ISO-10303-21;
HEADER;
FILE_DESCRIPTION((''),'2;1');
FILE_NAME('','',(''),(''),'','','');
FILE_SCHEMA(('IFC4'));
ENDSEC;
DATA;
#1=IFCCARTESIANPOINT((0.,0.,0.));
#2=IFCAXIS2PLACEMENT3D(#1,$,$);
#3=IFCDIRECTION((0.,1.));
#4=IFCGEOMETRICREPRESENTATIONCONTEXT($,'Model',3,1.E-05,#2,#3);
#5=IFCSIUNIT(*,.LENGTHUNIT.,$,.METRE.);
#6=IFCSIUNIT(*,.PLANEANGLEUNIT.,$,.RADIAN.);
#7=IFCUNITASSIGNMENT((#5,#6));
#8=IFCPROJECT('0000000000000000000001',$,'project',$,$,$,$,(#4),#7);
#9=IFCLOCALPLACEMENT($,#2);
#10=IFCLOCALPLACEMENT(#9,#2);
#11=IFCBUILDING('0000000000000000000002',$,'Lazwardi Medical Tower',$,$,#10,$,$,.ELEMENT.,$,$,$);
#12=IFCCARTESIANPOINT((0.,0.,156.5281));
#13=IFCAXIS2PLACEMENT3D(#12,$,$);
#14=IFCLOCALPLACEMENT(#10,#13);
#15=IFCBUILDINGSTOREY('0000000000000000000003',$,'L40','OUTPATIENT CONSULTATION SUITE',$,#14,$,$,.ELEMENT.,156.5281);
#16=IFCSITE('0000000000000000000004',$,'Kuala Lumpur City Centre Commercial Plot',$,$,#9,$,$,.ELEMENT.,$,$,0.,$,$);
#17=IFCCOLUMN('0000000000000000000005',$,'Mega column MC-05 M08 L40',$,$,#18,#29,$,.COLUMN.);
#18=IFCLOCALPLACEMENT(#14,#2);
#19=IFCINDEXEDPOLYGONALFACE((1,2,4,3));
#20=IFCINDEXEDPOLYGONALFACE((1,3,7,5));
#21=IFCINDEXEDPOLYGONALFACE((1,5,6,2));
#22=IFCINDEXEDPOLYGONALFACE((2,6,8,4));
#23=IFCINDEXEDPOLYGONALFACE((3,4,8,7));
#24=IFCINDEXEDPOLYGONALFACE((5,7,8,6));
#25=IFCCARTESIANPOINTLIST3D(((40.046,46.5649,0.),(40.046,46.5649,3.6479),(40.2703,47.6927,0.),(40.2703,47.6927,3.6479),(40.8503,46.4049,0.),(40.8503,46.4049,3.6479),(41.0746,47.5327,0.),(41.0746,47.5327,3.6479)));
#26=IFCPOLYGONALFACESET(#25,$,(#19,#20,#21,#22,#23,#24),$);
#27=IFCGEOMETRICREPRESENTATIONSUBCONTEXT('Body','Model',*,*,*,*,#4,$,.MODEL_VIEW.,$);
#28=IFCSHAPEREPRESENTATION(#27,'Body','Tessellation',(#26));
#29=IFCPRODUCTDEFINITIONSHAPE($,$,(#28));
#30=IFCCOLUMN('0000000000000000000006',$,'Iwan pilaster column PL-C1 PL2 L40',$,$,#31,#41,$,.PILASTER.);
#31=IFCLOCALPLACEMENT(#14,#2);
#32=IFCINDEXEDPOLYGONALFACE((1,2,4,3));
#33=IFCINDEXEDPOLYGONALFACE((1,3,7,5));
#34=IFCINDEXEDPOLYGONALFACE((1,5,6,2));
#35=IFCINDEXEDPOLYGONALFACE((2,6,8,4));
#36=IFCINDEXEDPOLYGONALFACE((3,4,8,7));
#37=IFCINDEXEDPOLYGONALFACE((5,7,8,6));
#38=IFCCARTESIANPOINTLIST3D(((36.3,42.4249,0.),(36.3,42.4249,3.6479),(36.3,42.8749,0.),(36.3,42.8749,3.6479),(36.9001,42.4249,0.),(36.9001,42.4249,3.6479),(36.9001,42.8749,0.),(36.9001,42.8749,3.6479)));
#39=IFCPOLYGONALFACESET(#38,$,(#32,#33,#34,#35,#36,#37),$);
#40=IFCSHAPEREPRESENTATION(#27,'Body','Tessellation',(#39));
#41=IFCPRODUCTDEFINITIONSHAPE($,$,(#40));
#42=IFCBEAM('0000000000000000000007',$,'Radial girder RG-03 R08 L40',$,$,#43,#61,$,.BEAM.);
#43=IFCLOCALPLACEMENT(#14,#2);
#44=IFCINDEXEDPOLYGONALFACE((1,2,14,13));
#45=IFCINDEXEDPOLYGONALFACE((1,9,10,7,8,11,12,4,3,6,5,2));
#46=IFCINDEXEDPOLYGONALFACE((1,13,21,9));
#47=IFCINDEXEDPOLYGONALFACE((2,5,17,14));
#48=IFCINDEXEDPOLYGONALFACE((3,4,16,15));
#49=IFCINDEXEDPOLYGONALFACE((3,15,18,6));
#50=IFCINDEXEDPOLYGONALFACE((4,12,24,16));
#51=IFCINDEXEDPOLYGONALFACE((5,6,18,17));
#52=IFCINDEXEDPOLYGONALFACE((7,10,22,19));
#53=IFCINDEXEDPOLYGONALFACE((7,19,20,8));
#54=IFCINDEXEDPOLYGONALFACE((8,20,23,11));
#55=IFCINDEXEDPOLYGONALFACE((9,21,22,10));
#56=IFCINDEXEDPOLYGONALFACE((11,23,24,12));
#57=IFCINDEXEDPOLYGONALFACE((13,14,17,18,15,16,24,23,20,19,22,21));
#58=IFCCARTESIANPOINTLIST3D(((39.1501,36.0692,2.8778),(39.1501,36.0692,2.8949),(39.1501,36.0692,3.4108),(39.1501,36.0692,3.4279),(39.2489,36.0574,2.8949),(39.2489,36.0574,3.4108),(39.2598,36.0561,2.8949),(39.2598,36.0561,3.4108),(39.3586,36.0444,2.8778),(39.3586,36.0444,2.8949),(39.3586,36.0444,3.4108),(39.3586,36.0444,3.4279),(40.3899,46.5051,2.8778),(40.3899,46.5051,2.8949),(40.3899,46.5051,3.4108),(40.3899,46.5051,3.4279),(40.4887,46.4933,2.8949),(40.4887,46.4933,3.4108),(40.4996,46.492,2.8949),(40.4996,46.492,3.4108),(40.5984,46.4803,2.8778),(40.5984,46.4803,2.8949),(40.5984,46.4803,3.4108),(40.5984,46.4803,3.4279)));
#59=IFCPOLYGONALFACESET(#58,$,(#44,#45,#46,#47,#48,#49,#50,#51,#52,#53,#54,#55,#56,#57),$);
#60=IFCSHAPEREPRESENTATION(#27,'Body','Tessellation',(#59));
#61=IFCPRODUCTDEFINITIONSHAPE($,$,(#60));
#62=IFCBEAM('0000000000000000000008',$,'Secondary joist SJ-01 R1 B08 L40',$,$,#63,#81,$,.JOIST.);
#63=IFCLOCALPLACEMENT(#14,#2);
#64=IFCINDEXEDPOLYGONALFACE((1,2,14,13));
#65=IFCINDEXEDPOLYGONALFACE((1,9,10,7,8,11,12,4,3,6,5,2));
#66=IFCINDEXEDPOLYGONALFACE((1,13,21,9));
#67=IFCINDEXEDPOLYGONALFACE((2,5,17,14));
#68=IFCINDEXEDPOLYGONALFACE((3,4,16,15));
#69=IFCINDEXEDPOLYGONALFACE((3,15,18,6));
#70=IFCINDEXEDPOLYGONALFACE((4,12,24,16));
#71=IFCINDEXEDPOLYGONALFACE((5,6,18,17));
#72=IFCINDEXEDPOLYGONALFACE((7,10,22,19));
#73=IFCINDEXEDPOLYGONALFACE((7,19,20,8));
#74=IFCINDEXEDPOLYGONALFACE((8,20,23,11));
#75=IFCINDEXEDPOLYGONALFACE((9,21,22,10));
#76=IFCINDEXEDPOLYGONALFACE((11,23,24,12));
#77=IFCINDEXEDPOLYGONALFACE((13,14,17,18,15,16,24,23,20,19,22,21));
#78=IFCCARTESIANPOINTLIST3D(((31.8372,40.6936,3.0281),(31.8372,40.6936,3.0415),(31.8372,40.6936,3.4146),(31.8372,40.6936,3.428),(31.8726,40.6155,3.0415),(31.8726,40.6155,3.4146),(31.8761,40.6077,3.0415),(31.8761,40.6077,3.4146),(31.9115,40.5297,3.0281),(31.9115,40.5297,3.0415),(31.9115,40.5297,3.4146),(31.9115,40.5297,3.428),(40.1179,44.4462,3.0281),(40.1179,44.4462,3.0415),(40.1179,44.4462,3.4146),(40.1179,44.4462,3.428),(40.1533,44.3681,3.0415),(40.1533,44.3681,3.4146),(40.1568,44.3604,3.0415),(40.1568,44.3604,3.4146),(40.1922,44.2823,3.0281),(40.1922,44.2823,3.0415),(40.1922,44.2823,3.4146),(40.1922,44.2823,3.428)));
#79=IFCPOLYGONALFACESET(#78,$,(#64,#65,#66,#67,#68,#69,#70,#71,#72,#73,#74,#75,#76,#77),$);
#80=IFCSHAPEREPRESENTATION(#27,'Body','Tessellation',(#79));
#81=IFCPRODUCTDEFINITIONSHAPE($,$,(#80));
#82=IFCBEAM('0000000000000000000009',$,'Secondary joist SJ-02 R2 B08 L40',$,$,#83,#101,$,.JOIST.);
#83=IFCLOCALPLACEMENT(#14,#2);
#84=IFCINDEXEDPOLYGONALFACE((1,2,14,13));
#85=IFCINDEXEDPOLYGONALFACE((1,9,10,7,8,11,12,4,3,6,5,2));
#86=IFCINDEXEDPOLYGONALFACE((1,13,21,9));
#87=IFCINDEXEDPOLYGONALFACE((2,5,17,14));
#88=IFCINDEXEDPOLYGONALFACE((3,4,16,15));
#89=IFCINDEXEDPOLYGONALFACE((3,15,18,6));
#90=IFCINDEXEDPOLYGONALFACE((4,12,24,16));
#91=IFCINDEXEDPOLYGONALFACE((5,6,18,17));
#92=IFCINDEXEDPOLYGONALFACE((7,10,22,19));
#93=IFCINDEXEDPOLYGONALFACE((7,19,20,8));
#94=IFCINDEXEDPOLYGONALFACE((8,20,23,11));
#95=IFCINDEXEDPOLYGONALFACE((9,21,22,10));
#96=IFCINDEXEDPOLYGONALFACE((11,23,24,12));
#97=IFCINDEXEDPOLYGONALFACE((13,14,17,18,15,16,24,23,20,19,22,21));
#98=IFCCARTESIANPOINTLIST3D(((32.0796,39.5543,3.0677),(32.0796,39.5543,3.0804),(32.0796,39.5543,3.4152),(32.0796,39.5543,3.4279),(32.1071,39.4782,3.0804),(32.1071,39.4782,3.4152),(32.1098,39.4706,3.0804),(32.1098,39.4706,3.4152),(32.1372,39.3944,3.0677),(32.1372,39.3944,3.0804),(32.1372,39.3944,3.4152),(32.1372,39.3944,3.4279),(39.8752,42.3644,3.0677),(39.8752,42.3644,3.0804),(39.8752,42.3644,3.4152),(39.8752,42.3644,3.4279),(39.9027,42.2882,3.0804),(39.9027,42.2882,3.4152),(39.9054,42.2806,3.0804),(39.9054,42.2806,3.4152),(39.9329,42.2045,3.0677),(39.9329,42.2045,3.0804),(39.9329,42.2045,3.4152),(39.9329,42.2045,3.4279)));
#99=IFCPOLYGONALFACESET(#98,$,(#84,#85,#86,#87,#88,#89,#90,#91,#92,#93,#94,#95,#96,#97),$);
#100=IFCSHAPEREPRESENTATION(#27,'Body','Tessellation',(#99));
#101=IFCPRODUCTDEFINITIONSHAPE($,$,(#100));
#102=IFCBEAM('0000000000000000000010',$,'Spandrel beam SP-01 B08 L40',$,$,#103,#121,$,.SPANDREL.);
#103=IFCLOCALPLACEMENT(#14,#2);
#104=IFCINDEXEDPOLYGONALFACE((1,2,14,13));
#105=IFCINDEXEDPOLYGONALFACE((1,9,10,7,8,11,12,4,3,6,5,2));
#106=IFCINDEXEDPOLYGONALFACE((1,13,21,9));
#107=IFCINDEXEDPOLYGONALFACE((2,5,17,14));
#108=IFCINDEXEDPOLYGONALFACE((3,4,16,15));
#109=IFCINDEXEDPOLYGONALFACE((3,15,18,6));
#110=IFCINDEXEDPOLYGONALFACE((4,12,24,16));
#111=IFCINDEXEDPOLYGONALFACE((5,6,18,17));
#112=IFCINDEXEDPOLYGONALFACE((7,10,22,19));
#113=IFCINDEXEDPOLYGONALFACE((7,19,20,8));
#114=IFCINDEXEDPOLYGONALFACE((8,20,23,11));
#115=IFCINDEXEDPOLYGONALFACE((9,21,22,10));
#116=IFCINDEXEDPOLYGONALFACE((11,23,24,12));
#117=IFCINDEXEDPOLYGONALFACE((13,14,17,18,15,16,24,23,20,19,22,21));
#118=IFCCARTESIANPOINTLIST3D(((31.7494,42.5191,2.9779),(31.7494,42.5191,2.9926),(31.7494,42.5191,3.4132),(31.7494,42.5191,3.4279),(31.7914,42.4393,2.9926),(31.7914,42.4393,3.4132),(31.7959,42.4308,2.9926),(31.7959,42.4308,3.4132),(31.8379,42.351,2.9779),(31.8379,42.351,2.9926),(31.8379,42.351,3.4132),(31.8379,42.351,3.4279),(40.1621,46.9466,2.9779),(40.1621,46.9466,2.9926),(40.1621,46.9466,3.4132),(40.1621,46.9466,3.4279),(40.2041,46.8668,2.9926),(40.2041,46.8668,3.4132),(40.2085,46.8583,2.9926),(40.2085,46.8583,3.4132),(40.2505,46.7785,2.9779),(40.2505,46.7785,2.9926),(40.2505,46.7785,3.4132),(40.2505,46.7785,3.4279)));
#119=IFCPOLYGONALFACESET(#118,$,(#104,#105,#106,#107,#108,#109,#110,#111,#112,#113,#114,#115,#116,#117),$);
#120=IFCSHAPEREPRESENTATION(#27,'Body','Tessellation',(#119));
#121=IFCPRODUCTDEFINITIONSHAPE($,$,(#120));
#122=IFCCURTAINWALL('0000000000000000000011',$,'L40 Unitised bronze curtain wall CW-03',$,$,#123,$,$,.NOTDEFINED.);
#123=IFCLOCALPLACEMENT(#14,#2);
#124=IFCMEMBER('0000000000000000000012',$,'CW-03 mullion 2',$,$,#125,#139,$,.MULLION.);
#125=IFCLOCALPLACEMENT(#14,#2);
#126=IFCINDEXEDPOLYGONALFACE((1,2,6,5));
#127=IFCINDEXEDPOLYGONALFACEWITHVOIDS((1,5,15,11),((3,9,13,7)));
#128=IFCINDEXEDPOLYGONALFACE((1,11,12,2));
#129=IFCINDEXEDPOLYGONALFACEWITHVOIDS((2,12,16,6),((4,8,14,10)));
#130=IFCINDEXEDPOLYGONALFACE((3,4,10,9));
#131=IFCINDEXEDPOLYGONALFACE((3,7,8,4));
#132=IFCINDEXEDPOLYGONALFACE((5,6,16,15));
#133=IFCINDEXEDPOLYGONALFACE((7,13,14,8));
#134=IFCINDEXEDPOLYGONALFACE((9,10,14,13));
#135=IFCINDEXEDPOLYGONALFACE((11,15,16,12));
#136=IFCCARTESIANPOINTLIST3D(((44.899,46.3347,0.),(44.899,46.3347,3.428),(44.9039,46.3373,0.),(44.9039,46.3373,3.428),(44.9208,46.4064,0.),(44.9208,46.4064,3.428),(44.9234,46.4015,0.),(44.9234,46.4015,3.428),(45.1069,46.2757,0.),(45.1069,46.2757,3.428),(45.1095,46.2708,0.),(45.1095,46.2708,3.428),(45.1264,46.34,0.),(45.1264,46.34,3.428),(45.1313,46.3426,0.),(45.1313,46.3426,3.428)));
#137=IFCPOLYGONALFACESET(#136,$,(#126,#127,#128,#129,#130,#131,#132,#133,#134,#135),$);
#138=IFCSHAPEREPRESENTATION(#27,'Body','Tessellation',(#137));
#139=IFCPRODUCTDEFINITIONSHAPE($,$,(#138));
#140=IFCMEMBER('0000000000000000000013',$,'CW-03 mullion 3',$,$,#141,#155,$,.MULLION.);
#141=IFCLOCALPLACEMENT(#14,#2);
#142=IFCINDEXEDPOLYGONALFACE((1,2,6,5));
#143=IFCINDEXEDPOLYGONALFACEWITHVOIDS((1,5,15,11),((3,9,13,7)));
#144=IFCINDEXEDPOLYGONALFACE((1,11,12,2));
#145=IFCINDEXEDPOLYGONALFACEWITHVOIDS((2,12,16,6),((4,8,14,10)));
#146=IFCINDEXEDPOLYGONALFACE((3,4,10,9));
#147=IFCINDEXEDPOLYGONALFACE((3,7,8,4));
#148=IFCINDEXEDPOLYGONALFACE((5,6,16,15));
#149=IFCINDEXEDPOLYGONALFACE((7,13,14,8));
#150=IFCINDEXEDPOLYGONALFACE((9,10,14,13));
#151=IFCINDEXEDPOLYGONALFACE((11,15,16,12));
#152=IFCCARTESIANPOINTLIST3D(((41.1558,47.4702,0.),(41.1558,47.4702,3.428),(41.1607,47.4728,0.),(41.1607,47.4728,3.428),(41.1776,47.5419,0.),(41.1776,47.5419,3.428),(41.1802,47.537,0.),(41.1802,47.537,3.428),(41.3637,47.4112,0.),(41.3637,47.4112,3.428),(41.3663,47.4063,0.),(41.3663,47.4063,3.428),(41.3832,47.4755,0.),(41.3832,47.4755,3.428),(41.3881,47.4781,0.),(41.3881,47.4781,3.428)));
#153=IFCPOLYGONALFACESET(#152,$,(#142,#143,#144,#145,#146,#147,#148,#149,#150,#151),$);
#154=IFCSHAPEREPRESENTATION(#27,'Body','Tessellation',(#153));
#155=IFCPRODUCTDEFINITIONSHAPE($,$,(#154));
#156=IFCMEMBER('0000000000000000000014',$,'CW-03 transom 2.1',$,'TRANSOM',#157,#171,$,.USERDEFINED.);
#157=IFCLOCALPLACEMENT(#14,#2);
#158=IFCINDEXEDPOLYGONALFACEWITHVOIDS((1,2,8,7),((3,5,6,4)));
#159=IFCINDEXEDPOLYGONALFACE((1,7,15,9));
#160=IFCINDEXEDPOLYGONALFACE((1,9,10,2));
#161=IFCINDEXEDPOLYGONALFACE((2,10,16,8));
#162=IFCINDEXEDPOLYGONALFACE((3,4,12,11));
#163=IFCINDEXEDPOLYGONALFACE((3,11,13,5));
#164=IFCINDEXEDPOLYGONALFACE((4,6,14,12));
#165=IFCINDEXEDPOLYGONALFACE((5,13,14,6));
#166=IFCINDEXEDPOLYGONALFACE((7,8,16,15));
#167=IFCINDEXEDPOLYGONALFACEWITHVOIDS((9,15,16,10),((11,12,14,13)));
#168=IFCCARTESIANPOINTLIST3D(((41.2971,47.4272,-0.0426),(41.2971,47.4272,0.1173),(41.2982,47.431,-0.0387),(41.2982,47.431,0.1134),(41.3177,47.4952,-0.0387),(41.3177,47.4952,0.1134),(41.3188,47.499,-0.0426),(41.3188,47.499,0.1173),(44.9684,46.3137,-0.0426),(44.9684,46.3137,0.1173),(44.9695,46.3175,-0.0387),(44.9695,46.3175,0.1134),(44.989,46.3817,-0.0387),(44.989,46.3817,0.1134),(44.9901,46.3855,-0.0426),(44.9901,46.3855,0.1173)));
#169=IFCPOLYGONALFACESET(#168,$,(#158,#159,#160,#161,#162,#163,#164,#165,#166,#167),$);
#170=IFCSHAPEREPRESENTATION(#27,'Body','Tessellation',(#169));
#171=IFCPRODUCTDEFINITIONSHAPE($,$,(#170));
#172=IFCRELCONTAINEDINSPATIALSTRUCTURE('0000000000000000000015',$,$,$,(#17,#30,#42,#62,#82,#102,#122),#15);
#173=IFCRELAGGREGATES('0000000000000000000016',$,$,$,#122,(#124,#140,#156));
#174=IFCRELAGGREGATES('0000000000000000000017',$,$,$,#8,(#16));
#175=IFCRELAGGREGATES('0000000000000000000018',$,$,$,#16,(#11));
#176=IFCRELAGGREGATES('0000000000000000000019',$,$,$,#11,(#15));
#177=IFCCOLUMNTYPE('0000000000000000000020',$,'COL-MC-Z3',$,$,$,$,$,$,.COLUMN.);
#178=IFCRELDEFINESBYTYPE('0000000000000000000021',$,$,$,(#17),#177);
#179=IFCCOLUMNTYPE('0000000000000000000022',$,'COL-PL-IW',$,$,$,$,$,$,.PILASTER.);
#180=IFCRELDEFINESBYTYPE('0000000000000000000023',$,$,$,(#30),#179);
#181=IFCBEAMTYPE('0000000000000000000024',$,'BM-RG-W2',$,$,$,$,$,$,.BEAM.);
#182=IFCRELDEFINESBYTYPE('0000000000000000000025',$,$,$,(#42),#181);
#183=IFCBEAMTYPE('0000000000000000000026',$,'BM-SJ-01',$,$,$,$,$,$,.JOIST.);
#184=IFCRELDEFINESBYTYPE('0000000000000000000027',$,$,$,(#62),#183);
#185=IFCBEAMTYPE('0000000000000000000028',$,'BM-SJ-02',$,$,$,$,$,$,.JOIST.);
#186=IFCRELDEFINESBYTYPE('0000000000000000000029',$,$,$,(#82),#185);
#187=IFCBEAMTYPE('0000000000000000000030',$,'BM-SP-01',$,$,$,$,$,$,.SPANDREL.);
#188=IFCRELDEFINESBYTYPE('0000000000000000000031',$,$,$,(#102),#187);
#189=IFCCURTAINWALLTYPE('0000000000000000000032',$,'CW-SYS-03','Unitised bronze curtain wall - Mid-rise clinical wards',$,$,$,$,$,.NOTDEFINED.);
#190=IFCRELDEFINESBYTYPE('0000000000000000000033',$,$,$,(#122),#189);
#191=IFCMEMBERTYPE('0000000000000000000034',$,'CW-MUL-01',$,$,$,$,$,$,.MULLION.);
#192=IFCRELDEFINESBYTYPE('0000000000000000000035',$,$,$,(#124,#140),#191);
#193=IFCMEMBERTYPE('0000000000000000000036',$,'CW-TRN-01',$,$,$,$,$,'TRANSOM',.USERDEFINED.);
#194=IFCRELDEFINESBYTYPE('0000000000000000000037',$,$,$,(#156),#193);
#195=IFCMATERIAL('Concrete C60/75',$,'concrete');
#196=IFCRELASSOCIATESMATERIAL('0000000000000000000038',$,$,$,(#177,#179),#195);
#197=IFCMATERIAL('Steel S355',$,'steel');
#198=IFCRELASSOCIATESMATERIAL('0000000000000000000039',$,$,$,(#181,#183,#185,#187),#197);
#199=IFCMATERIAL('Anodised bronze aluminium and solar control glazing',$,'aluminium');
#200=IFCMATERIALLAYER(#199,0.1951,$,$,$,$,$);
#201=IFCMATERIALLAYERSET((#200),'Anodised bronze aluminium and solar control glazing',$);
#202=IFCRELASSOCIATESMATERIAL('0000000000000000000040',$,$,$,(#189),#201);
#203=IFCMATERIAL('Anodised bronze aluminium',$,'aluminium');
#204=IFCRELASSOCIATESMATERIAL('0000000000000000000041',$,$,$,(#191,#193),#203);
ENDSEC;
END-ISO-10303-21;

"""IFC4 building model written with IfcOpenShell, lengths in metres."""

from ifc_helpers import new_model, si_unit, direction, frame, origin, origin_2d, place, context, subcontext, project, spatial, rectangle, hollow_rectangle, i_section, extrude, material, layer, layer_set, material_profile, profile_set, type_object, element, aggregate, save


model = new_model("IFC4")

# Units and contexts
model_context = context("Model", 3, precision=1e-05, world=origin(), true_north=direction((0.0, 1.0)))
body_context = subcontext(model_context, "Body", "Model", "MODEL_VIEW")
ifc_project = project(units=[si_unit("LENGTHUNIT", "METRE"), si_unit("PLANEANGLEUNIT", "RADIAN")], contexts=[model_context])

# Site, building, storey
site_placement = place(None, origin())
site = spatial("IfcSite", under=ifc_project, at=site_placement, Name="Kuala Lumpur City Centre Commercial Plot", CompositionType="ELEMENT", RefElevation=0.0)
building_placement = place(site_placement, origin())
building = spatial("IfcBuilding", under=site, at=building_placement, Name="Lazwardi Medical Tower", CompositionType="ELEMENT")
storey_placement = place(building_placement, frame((0.0, 0.0, 156.5281)))
storey = spatial("IfcBuildingStorey", under=building, at=storey_placement, Name="L40", Description="OUTPATIENT CONSULTATION SUITE", CompositionType="ELEMENT", Elevation=156.5281)

# Columns
ifc_material_1 = material(Name="Concrete C60/75", Category="concrete")
ifc_material_profile_1 = material_profile(ifc_material_1, rectangle(XDim=1.1499, YDim=0.8201, at=origin_2d()), Name="CFT-RECT 1150x820")
ifc_profile_set_1 = profile_set([ifc_material_profile_1], Name="Concrete C60/75")
column_type_1 = type_object("IfcColumnType", Name="COL-MC-Z3", PredefinedType="COLUMN", material=ifc_profile_set_1)
column_1_placement = place(storey_placement, frame((40.5603, 47.0488, 0.0), z_axis=(0.0, 0.0, 1.0), x_axis=(0.19509, 0.980785, 0.0)))
element("IfcColumn", 1, at=column_1_placement, inside=storey, type_object=column_type_1, Name="Mega column MC-05 M08 L40", PredefinedType="COLUMN", context=body_context, shape_type="SweptSolid", body=[
    extrude(rectangle(XDim=1.1499, YDim=0.8201, at=origin_2d()), origin(), (0.0, 0.0, 1.0), 3.6479),
])
ifc_material_profile_2 = material_profile(ifc_material_1, rectangle(XDim=0.6001, YDim=0.45, at=origin_2d()), Name="RC 600x450")
ifc_profile_set_2 = profile_set([ifc_material_profile_2], Name="Concrete C60/75")
column_type_2 = type_object("IfcColumnType", Name="COL-PL-IW", PredefinedType="PILASTER", material=ifc_profile_set_2)
column_2_placement = place(storey_placement, frame((36.6001, 42.6499, 0.0), z_axis=(0.0, 0.0, 1.0), x_axis=(1.0, 0.0, 0.0)))
element("IfcColumn", 2, at=column_2_placement, inside=storey, type_object=column_type_2, Name="Iwan pilaster column PL-C1 PL2 L40", PredefinedType="PILASTER", context=body_context, shape_type="SweptSolid", body=[
    extrude(rectangle(XDim=0.6001, YDim=0.45, at=origin_2d()), origin(), (0.0, 0.0, 1.0), 3.6479),
])

# Beams
ifc_material_2 = material(Name="Steel S355", Category="steel")
ifc_material_profile_3 = material_profile(ifc_material_2, i_section(OverallWidth=0.21, OverallDepth=0.55, WebThickness=0.011, FlangeThickness=0.0171, at=origin_2d()), Name="IPE 550")
ifc_profile_set_3 = profile_set([ifc_material_profile_3], Name="Steel S355")
beam_type_1 = type_object("IfcBeamType", Name="BM-RG-W2", PredefinedType="BEAM", material=ifc_profile_set_3)
beam_1_placement = place(storey_placement, frame((40.4941, 46.4927, 3.1528), z_axis=(-0.117968, -0.993017, 0.0), x_axis=(0.993017, -0.117968, 0.0)))
element("IfcBeam", 3, at=beam_1_placement, inside=storey, type_object=beam_type_1, Name="Radial girder RG-03 R08 L40", PredefinedType="BEAM", context=body_context, shape_type="SweptSolid", body=[
    extrude(i_section(OverallWidth=0.21, OverallDepth=0.55, WebThickness=0.011, FlangeThickness=0.0171, at=origin_2d()), origin(), (0.0, 0.0, 1.0), 10.5093),
])
ifc_material_profile_4 = material_profile(ifc_material_2, i_section(OverallWidth=0.1799, OverallDepth=0.3999, WebThickness=0.0085, FlangeThickness=0.0134, at=origin_2d()), Name="IPE 400")
ifc_profile_set_4 = profile_set([ifc_material_profile_4], Name="Steel S355")
beam_type_2 = type_object("IfcBeamType", Name="BM-SJ-01", PredefinedType="JOIST", material=ifc_profile_set_4)
beam_2_placement = place(storey_placement, frame((40.155, 44.3643, 3.228), z_axis=(-0.910834, -0.412773, 0.0), x_axis=(0.412773, -0.910834, 0.0)))
element("IfcBeam", 4, at=beam_2_placement, inside=storey, type_object=beam_type_2, Name="Secondary joist SJ-01 R1 B08 L40", PredefinedType="JOIST", context=body_context, shape_type="SweptSolid", body=[
    extrude(i_section(OverallWidth=0.1799, OverallDepth=0.3999, WebThickness=0.0085, FlangeThickness=0.0134, at=origin_2d()), origin(), (0.0, 0.0, 1.0), 9.0913),
])
ifc_material_profile_5 = material_profile(ifc_material_2, i_section(OverallWidth=0.1699, OverallDepth=0.3601, WebThickness=0.0081, FlangeThickness=0.0127, at=origin_2d()), Name="IPE 360")
ifc_profile_set_5 = profile_set([ifc_material_profile_5], Name="Steel S355")
beam_type_3 = type_object("IfcBeamType", Name="BM-SJ-02", PredefinedType="JOIST", material=ifc_profile_set_5)
beam_3_placement = place(storey_placement, frame((39.9041, 42.2844, 3.2478), z_axis=(-0.940748, -0.339106, 0.0), x_axis=(0.339106, -0.940748, 0.0)))
element("IfcBeam", 5, at=beam_3_placement, inside=storey, type_object=beam_type_3, Name="Secondary joist SJ-02 R2 B08 L40", PredefinedType="JOIST", context=body_context, shape_type="SweptSolid", body=[
    extrude(i_section(OverallWidth=0.1699, OverallDepth=0.3601, WebThickness=0.0081, FlangeThickness=0.0127, at=origin_2d()), origin(), (0.0, 0.0, 1.0), 8.2866),
])
ifc_material_profile_6 = material_profile(ifc_material_2, i_section(OverallWidth=0.1899, OverallDepth=0.45, WebThickness=0.0095, FlangeThickness=0.0146, at=origin_2d()), Name="IPE 450")
ifc_profile_set_6 = profile_set([ifc_material_profile_6], Name="Steel S355")
beam_type_4 = type_object("IfcBeamType", Name="BM-SP-01", PredefinedType="SPANDREL", material=ifc_profile_set_6)
beam_4_placement = place(storey_placement, frame((40.2063, 46.8625, 3.2029), z_axis=(-0.884927, -0.465731, 0.0), x_axis=(0.465731, -0.884927, 0.0)))
element("IfcBeam", 6, at=beam_4_placement, inside=storey, type_object=beam_type_4, Name="Spandrel beam SP-01 B08 L40", PredefinedType="SPANDREL", context=body_context, shape_type="SweptSolid", body=[
    extrude(i_section(OverallWidth=0.1899, OverallDepth=0.45, WebThickness=0.0095, FlangeThickness=0.0146, at=origin_2d()), origin(), (0.0, 0.0, 1.0), 9.5066),
])

# Curtain wall, members
ifc_material_3 = material(Name="Anodised bronze aluminium and solar control glazing", Category="aluminium")
ifc_layer_1 = layer(ifc_material_3, 0.1951)
ifc_layer_set_1 = layer_set([ifc_layer_1], Name="Anodised bronze aluminium and solar control glazing")
curtain_wall_type_1 = type_object("IfcCurtainWallType", Name="CW-SYS-03", Description="Unitised bronze curtain wall - Mid-rise clinical wards", PredefinedType="NOTDEFINED", material=ifc_layer_set_1)
curtain_wall_1_placement = place(storey_placement, origin())
curtain_wall_1 = element("IfcCurtainWall", 7, at=curtain_wall_1_placement, inside=storey, type_object=curtain_wall_type_1, Name="L40 Unitised bronze curtain wall CW-03", PredefinedType="NOTDEFINED")
ifc_material_4 = material(Name="Anodised bronze aluminium", Category="aluminium")
ifc_material_profile_7 = material_profile(ifc_material_4, hollow_rectangle(XDim=0.075, YDim=0.22, WallThickness=0.0039, at=origin_2d()), Name="ALU-MULLION 220x75x4")
ifc_profile_set_7 = profile_set([ifc_material_profile_7], Name="Anodised bronze aluminium")
member_type_1 = type_object("IfcMemberType", Name="CW-MUL-01", PredefinedType="MULLION", material=ifc_profile_set_7)
member_1_placement = place(storey_placement, frame((45.0151, 46.3386, 0.0), z_axis=(0.0, 0.0, 1.0), x_axis=(-0.290281, -0.956942, 0.0)))
member_1 = element("IfcMember", 8, at=member_1_placement, type_object=member_type_1, Name="CW-03 mullion 2", PredefinedType="MULLION", context=body_context, shape_type="SweptSolid", body=[
    extrude(hollow_rectangle(XDim=0.075, YDim=0.22, WallThickness=0.0039, at=origin_2d()), origin(), (0.0, 0.0, 1.0), 3.428),
])
member_2_placement = place(storey_placement, frame((41.272, 47.4741, 0.0), z_axis=(0.0, 0.0, 1.0), x_axis=(-0.290281, -0.956942, 0.0)))
member_2 = element("IfcMember", 9, at=member_2_placement, type_object=member_type_1, Name="CW-03 mullion 3", PredefinedType="MULLION", context=body_context, shape_type="SweptSolid", body=[
    extrude(hollow_rectangle(XDim=0.075, YDim=0.22, WallThickness=0.0039, at=origin_2d()), origin(), (0.0, 0.0, 1.0), 3.428),
])
ifc_material_profile_8 = material_profile(ifc_material_4, hollow_rectangle(XDim=0.075, YDim=0.1599, WallThickness=0.0039, at=origin_2d()), Name="ALU-TRANSOM 160x75x4")
ifc_profile_set_8 = profile_set([ifc_material_profile_8], Name="Anodised bronze aluminium")
member_type_2 = type_object("IfcMemberType", Name="CW-TRN-01", ElementType="TRANSOM", PredefinedType="USERDEFINED", material=ifc_profile_set_8)
member_3_placement = place(storey_placement, frame((44.9792, 46.3496, 0.0374), z_axis=(-0.956953, 0.290242, 0.0), x_axis=(-0.290242, -0.956953, 0.0)))
member_3 = element("IfcMember", 10, at=member_3_placement, type_object=member_type_2, Name="CW-03 transom 2.1", ObjectType="TRANSOM", PredefinedType="USERDEFINED", context=body_context, shape_type="SweptSolid", body=[
    extrude(hollow_rectangle(XDim=0.075, YDim=0.1599, WallThickness=0.0039, at=origin_2d()), origin(), (0.0, 0.0, 1.0), 3.8364),
])

aggregate(curtain_wall_1, [member_1, member_2, member_3])

save(model, "model.ifc")
